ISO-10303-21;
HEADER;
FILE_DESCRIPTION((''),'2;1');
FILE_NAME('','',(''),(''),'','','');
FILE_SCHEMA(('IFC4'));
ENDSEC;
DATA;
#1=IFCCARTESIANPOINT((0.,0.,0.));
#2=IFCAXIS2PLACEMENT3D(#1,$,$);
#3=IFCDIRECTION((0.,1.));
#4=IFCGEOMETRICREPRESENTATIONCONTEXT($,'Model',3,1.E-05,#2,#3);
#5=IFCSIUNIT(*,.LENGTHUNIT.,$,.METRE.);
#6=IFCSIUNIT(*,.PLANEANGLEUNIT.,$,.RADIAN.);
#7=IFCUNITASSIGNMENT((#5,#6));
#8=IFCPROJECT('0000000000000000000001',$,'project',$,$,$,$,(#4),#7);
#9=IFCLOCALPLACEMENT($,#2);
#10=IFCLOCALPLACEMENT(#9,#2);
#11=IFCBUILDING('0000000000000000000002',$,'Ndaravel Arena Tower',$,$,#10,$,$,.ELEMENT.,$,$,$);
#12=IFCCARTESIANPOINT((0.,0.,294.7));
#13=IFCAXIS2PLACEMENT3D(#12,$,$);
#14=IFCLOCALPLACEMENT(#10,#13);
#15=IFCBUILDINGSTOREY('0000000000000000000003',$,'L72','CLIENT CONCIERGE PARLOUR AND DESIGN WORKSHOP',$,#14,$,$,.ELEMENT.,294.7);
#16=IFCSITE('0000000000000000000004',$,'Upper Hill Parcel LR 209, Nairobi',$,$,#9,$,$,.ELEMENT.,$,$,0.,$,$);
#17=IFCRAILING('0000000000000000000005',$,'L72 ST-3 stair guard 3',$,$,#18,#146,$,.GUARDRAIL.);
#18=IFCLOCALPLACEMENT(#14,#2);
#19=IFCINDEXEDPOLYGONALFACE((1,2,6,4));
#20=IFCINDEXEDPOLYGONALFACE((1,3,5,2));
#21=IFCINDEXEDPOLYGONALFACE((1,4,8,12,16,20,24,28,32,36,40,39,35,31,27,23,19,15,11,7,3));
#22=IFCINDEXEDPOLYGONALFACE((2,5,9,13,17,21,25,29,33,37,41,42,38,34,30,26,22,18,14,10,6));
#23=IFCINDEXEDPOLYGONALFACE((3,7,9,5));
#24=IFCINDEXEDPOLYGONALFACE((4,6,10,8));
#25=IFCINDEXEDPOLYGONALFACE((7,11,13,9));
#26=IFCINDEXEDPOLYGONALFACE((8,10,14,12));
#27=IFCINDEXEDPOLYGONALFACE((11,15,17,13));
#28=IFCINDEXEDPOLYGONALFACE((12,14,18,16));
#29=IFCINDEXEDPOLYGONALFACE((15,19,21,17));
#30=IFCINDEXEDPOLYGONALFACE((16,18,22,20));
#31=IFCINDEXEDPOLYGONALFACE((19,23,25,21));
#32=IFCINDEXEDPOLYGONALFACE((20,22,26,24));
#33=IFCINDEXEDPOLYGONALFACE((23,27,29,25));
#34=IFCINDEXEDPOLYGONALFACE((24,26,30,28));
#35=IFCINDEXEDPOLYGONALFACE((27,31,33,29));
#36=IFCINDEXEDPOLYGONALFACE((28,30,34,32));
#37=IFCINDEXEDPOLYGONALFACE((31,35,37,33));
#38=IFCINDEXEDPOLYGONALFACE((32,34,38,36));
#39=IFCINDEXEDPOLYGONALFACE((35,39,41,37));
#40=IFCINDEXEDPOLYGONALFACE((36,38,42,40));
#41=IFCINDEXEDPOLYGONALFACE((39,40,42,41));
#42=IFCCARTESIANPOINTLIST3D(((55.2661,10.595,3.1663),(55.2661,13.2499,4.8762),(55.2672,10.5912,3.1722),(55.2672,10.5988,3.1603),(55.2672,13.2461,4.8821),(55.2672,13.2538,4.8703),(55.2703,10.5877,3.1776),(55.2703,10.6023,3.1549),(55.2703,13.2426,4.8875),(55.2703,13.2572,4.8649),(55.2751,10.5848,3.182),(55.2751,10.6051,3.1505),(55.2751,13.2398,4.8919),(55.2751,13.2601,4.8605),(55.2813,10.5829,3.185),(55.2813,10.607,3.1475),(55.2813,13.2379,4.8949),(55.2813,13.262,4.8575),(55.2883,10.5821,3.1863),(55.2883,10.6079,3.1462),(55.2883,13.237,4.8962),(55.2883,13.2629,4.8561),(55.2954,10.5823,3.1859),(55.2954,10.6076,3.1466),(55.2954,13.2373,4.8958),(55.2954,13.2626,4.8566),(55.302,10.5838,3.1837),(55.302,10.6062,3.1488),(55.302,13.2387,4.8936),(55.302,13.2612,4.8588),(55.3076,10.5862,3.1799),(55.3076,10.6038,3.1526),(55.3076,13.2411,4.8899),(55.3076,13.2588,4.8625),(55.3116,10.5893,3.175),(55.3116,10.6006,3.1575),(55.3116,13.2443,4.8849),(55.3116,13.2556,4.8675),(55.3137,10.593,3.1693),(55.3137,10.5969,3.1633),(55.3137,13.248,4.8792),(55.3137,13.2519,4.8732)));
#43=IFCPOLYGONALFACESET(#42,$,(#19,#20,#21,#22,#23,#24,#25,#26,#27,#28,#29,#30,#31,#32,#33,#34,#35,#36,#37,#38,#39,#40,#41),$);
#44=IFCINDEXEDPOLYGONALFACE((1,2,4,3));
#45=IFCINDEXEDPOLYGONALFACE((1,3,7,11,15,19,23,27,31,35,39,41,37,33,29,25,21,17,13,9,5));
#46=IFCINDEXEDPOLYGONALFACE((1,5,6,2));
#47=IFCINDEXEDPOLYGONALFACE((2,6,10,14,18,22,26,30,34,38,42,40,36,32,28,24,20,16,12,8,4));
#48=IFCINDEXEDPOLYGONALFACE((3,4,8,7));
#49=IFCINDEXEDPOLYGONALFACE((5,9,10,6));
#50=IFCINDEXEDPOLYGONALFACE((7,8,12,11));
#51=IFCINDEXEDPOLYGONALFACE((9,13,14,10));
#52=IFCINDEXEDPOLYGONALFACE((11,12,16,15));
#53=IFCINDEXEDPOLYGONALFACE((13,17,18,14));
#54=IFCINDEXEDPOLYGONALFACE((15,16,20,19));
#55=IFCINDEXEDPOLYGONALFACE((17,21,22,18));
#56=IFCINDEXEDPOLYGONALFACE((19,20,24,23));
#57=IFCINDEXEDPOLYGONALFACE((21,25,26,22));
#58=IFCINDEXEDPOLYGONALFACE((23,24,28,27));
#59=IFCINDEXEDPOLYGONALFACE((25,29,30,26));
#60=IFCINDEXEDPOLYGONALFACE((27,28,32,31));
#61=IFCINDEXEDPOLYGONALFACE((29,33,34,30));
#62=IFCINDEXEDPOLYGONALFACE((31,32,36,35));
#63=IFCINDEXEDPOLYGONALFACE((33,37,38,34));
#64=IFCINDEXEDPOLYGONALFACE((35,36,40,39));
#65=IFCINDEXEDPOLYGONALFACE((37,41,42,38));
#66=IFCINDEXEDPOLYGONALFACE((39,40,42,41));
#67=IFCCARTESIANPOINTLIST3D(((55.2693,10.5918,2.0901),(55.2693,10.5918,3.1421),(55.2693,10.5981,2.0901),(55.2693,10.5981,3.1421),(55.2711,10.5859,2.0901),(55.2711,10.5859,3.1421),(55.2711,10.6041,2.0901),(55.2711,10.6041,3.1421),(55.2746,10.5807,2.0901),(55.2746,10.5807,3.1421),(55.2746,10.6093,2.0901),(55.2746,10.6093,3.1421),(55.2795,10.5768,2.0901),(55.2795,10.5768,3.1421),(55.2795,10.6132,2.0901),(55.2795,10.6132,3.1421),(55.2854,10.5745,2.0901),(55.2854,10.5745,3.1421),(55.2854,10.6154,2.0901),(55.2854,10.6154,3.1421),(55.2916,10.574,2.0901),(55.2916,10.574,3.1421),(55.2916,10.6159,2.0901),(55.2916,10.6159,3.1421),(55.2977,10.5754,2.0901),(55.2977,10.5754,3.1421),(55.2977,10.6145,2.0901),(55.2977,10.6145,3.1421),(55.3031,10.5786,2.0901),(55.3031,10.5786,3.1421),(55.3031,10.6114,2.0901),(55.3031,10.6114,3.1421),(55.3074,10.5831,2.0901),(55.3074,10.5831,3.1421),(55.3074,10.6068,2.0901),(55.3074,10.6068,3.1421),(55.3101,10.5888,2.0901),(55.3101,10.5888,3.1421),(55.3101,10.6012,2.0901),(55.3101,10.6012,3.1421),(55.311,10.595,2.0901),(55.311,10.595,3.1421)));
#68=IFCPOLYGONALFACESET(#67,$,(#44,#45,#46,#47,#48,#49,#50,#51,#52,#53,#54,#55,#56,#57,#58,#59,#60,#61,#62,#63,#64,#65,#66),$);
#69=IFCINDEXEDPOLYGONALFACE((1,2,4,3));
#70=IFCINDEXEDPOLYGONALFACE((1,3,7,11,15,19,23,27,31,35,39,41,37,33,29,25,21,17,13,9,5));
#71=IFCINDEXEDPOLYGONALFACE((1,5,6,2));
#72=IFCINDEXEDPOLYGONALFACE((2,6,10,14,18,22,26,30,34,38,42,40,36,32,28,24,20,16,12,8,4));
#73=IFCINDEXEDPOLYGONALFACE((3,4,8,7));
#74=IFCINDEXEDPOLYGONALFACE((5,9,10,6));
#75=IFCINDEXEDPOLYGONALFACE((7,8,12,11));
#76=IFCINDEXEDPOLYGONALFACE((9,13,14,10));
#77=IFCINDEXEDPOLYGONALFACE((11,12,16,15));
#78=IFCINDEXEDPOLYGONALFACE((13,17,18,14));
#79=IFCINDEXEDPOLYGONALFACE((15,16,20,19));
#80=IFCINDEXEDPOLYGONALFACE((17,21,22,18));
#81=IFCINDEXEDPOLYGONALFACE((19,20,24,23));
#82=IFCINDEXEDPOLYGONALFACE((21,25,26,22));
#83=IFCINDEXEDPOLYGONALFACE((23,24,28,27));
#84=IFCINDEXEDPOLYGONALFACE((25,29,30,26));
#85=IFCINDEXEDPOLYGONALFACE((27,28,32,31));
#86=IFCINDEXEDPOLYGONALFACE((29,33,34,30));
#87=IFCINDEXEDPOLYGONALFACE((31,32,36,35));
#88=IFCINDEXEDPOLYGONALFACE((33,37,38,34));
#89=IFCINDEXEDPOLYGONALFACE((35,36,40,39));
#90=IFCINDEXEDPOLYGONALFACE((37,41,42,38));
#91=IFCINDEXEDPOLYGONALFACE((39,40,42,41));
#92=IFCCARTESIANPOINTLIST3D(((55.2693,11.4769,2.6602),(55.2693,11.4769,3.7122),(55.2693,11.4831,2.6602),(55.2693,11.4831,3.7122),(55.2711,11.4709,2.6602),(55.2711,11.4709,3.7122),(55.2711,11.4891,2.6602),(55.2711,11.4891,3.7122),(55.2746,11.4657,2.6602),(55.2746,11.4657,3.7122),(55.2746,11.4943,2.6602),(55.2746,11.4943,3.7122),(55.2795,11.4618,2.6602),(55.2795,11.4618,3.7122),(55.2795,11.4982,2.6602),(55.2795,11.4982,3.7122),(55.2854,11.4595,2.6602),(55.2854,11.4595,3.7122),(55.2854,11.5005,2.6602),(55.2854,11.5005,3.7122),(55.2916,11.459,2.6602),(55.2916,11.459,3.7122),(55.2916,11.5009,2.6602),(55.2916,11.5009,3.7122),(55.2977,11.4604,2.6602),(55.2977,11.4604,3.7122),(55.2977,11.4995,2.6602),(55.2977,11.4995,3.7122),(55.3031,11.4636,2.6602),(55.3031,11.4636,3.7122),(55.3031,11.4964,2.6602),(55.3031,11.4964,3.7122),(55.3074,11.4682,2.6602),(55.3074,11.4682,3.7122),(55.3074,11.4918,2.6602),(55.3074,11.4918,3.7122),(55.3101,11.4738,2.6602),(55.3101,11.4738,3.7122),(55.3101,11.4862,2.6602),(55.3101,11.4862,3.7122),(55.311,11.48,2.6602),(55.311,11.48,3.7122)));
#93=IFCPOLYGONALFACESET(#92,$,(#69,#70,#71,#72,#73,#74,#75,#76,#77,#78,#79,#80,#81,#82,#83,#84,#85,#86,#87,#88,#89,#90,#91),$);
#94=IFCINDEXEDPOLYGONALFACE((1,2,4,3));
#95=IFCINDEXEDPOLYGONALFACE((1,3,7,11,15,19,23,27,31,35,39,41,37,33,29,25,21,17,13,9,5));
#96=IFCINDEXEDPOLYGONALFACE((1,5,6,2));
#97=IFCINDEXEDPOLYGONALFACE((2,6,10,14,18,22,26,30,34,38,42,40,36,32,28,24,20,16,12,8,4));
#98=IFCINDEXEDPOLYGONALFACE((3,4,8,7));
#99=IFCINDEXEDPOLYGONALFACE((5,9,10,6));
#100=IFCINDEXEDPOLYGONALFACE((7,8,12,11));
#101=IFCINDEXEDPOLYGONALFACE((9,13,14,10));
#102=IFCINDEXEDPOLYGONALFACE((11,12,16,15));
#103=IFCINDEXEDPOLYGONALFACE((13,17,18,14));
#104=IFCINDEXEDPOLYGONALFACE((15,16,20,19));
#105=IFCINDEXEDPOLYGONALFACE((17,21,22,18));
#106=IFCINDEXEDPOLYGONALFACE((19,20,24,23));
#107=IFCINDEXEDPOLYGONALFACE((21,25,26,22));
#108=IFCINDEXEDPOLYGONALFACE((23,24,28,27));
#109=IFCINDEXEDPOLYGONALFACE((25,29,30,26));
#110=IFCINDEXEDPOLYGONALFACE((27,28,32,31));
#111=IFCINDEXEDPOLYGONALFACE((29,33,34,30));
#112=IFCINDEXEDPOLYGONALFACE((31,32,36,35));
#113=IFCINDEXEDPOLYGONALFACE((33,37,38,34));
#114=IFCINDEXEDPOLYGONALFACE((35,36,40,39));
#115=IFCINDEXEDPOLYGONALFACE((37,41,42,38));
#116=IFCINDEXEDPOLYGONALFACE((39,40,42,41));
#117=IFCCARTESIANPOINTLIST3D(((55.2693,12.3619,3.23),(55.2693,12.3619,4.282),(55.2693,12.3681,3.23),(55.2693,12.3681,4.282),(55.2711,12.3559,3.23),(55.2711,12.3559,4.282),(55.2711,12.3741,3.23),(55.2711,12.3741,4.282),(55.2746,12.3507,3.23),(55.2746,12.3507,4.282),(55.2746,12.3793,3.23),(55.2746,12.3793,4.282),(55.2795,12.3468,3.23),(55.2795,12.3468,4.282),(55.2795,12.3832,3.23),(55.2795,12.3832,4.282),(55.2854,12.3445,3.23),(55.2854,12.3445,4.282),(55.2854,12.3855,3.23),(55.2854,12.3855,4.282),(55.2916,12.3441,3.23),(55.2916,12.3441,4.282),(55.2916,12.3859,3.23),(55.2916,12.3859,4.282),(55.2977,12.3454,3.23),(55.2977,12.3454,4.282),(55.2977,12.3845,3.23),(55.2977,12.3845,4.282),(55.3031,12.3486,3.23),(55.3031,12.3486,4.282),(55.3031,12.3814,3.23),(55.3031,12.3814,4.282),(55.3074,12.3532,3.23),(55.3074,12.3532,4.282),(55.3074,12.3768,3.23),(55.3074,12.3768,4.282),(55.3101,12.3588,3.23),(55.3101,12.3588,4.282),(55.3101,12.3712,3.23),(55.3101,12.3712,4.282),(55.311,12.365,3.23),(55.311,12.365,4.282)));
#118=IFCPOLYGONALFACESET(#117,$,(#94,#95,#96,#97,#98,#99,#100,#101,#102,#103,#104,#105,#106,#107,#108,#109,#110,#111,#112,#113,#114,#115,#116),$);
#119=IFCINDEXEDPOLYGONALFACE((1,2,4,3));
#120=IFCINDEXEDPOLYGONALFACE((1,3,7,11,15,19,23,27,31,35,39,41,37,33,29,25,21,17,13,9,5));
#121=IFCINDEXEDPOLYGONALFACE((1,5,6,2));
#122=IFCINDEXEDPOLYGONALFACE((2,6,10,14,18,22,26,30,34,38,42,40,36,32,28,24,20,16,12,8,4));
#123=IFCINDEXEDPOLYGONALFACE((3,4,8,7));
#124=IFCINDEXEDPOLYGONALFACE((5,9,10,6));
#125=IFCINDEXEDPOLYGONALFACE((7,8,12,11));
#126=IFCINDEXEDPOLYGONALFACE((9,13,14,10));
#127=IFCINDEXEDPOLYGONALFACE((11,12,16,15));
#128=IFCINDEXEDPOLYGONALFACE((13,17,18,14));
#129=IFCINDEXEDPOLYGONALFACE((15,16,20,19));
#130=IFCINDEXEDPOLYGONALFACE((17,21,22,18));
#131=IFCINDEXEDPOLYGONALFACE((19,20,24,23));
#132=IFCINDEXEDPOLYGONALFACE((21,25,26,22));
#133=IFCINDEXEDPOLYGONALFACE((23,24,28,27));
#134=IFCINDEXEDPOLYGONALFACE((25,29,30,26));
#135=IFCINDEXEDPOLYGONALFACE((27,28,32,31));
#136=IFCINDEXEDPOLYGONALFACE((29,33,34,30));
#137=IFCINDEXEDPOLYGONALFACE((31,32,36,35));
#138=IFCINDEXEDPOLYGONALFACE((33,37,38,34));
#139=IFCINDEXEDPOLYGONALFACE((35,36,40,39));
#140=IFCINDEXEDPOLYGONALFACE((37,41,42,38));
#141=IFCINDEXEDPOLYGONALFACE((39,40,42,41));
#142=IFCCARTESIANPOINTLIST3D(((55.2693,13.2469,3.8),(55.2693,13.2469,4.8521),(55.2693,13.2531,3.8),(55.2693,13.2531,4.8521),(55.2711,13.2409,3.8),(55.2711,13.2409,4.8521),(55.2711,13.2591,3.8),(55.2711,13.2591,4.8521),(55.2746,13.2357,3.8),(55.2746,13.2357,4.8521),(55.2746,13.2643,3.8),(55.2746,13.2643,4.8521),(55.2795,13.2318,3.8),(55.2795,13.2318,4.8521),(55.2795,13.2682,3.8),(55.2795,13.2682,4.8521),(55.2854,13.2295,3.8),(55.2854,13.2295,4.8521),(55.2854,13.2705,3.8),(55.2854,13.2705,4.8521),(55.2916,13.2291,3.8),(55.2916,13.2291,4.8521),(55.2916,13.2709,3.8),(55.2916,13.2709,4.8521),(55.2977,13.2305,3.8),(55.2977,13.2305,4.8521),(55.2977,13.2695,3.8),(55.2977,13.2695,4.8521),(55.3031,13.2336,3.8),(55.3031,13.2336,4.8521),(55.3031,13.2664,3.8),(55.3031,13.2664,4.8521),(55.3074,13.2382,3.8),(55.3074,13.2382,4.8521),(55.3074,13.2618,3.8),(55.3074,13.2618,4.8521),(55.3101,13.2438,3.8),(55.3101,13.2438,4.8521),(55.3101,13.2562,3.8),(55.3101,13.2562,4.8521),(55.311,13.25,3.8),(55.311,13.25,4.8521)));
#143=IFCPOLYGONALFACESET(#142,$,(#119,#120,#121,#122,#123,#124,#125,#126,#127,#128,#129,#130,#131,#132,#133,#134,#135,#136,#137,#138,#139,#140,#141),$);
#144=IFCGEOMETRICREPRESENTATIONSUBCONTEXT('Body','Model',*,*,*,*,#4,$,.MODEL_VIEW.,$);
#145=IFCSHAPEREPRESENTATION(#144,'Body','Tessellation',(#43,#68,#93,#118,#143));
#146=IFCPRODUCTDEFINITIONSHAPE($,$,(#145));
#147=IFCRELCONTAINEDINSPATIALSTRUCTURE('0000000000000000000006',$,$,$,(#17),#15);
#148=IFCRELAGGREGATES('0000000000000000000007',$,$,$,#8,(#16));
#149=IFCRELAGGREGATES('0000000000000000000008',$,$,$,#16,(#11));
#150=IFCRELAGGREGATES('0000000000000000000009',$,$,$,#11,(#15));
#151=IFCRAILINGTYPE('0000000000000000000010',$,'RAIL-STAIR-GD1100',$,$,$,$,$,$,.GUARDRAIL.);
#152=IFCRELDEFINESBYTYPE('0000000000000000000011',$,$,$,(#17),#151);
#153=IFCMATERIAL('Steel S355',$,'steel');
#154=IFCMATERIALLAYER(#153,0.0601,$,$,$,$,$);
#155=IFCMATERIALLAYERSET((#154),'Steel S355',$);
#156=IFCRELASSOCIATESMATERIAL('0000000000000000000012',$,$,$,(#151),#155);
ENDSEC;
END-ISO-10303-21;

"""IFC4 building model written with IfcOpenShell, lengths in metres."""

from ifc_helpers import new_model, si_unit, direction, frame, origin, origin_2d, place, context, subcontext, project, spatial, circle, extrude, material, layer, layer_set, type_object, element, save


model = new_model("IFC4")

# Units and contexts
model_context = context("Model", 3, precision=1e-05, world=origin(), true_north=direction((0.0, 1.0)))
body_context = subcontext(model_context, "Body", "Model", "MODEL_VIEW")
ifc_project = project(units=[si_unit("LENGTHUNIT", "METRE"), si_unit("PLANEANGLEUNIT", "RADIAN")], contexts=[model_context])

# Site, building, storey
site_placement = place(None, origin())
site = spatial("IfcSite", under=ifc_project, at=site_placement, Name="Upper Hill Parcel LR 209, Nairobi", CompositionType="ELEMENT", RefElevation=0.0)
building_placement = place(site_placement, origin())
building = spatial("IfcBuilding", under=site, at=building_placement, Name="Ndaravel Arena Tower", CompositionType="ELEMENT")
storey_placement = place(building_placement, frame((0.0, 0.0, 294.7)))
storey = spatial("IfcBuildingStorey", under=building, at=storey_placement, Name="L72", Description="CLIENT CONCIERGE PARLOUR AND DESIGN WORKSHOP", CompositionType="ELEMENT", Elevation=294.7)

# Railing
ifc_material_1 = material(Name="Steel S355", Category="steel")
ifc_layer_1 = layer(ifc_material_1, 0.0601)
ifc_layer_set_1 = layer_set([ifc_layer_1], Name="Steel S355")
railing_type_1 = type_object("IfcRailingType", Name="RAIL-STAIR-GD1100", PredefinedType="GUARDRAIL", material=ifc_layer_set_1)
railing_1_placement = place(storey_placement, frame((55.29, 10.595, 2.0901)))
element("IfcRailing", 1, at=railing_1_placement, inside=storey, type_object=railing_type_1, Name="L72 ST-3 stair guard 3", PredefinedType="GUARDRAIL", context=body_context, shape_type="SweptSolid", body=[
    extrude(circle(Radius=0.0239, at=origin_2d()), frame((0.0, 0.0, 1.0762), z_axis=(0.0, 0.840724, 0.541465), x_axis=(-1.0, 0.0, 0.0)), (0.0, 0.0, 1.0), 3.158),
    extrude(circle(Radius=0.021, at=origin_2d()), origin(), (0.0, 0.0, 1.0), 1.052),
    extrude(circle(Radius=0.021, at=origin_2d()), frame((0.0, 0.885, 0.5701)), (0.0, 0.0, 1.0), 1.052),
    extrude(circle(Radius=0.021, at=origin_2d()), frame((0.0, 1.77, 1.1399)), (0.0, 0.0, 1.0), 1.052),
    extrude(circle(Radius=0.021, at=origin_2d()), frame((0.0, 2.655, 1.71)), (0.0, 0.0, 1.0), 1.052),
])

save(model, "model.ifc")
